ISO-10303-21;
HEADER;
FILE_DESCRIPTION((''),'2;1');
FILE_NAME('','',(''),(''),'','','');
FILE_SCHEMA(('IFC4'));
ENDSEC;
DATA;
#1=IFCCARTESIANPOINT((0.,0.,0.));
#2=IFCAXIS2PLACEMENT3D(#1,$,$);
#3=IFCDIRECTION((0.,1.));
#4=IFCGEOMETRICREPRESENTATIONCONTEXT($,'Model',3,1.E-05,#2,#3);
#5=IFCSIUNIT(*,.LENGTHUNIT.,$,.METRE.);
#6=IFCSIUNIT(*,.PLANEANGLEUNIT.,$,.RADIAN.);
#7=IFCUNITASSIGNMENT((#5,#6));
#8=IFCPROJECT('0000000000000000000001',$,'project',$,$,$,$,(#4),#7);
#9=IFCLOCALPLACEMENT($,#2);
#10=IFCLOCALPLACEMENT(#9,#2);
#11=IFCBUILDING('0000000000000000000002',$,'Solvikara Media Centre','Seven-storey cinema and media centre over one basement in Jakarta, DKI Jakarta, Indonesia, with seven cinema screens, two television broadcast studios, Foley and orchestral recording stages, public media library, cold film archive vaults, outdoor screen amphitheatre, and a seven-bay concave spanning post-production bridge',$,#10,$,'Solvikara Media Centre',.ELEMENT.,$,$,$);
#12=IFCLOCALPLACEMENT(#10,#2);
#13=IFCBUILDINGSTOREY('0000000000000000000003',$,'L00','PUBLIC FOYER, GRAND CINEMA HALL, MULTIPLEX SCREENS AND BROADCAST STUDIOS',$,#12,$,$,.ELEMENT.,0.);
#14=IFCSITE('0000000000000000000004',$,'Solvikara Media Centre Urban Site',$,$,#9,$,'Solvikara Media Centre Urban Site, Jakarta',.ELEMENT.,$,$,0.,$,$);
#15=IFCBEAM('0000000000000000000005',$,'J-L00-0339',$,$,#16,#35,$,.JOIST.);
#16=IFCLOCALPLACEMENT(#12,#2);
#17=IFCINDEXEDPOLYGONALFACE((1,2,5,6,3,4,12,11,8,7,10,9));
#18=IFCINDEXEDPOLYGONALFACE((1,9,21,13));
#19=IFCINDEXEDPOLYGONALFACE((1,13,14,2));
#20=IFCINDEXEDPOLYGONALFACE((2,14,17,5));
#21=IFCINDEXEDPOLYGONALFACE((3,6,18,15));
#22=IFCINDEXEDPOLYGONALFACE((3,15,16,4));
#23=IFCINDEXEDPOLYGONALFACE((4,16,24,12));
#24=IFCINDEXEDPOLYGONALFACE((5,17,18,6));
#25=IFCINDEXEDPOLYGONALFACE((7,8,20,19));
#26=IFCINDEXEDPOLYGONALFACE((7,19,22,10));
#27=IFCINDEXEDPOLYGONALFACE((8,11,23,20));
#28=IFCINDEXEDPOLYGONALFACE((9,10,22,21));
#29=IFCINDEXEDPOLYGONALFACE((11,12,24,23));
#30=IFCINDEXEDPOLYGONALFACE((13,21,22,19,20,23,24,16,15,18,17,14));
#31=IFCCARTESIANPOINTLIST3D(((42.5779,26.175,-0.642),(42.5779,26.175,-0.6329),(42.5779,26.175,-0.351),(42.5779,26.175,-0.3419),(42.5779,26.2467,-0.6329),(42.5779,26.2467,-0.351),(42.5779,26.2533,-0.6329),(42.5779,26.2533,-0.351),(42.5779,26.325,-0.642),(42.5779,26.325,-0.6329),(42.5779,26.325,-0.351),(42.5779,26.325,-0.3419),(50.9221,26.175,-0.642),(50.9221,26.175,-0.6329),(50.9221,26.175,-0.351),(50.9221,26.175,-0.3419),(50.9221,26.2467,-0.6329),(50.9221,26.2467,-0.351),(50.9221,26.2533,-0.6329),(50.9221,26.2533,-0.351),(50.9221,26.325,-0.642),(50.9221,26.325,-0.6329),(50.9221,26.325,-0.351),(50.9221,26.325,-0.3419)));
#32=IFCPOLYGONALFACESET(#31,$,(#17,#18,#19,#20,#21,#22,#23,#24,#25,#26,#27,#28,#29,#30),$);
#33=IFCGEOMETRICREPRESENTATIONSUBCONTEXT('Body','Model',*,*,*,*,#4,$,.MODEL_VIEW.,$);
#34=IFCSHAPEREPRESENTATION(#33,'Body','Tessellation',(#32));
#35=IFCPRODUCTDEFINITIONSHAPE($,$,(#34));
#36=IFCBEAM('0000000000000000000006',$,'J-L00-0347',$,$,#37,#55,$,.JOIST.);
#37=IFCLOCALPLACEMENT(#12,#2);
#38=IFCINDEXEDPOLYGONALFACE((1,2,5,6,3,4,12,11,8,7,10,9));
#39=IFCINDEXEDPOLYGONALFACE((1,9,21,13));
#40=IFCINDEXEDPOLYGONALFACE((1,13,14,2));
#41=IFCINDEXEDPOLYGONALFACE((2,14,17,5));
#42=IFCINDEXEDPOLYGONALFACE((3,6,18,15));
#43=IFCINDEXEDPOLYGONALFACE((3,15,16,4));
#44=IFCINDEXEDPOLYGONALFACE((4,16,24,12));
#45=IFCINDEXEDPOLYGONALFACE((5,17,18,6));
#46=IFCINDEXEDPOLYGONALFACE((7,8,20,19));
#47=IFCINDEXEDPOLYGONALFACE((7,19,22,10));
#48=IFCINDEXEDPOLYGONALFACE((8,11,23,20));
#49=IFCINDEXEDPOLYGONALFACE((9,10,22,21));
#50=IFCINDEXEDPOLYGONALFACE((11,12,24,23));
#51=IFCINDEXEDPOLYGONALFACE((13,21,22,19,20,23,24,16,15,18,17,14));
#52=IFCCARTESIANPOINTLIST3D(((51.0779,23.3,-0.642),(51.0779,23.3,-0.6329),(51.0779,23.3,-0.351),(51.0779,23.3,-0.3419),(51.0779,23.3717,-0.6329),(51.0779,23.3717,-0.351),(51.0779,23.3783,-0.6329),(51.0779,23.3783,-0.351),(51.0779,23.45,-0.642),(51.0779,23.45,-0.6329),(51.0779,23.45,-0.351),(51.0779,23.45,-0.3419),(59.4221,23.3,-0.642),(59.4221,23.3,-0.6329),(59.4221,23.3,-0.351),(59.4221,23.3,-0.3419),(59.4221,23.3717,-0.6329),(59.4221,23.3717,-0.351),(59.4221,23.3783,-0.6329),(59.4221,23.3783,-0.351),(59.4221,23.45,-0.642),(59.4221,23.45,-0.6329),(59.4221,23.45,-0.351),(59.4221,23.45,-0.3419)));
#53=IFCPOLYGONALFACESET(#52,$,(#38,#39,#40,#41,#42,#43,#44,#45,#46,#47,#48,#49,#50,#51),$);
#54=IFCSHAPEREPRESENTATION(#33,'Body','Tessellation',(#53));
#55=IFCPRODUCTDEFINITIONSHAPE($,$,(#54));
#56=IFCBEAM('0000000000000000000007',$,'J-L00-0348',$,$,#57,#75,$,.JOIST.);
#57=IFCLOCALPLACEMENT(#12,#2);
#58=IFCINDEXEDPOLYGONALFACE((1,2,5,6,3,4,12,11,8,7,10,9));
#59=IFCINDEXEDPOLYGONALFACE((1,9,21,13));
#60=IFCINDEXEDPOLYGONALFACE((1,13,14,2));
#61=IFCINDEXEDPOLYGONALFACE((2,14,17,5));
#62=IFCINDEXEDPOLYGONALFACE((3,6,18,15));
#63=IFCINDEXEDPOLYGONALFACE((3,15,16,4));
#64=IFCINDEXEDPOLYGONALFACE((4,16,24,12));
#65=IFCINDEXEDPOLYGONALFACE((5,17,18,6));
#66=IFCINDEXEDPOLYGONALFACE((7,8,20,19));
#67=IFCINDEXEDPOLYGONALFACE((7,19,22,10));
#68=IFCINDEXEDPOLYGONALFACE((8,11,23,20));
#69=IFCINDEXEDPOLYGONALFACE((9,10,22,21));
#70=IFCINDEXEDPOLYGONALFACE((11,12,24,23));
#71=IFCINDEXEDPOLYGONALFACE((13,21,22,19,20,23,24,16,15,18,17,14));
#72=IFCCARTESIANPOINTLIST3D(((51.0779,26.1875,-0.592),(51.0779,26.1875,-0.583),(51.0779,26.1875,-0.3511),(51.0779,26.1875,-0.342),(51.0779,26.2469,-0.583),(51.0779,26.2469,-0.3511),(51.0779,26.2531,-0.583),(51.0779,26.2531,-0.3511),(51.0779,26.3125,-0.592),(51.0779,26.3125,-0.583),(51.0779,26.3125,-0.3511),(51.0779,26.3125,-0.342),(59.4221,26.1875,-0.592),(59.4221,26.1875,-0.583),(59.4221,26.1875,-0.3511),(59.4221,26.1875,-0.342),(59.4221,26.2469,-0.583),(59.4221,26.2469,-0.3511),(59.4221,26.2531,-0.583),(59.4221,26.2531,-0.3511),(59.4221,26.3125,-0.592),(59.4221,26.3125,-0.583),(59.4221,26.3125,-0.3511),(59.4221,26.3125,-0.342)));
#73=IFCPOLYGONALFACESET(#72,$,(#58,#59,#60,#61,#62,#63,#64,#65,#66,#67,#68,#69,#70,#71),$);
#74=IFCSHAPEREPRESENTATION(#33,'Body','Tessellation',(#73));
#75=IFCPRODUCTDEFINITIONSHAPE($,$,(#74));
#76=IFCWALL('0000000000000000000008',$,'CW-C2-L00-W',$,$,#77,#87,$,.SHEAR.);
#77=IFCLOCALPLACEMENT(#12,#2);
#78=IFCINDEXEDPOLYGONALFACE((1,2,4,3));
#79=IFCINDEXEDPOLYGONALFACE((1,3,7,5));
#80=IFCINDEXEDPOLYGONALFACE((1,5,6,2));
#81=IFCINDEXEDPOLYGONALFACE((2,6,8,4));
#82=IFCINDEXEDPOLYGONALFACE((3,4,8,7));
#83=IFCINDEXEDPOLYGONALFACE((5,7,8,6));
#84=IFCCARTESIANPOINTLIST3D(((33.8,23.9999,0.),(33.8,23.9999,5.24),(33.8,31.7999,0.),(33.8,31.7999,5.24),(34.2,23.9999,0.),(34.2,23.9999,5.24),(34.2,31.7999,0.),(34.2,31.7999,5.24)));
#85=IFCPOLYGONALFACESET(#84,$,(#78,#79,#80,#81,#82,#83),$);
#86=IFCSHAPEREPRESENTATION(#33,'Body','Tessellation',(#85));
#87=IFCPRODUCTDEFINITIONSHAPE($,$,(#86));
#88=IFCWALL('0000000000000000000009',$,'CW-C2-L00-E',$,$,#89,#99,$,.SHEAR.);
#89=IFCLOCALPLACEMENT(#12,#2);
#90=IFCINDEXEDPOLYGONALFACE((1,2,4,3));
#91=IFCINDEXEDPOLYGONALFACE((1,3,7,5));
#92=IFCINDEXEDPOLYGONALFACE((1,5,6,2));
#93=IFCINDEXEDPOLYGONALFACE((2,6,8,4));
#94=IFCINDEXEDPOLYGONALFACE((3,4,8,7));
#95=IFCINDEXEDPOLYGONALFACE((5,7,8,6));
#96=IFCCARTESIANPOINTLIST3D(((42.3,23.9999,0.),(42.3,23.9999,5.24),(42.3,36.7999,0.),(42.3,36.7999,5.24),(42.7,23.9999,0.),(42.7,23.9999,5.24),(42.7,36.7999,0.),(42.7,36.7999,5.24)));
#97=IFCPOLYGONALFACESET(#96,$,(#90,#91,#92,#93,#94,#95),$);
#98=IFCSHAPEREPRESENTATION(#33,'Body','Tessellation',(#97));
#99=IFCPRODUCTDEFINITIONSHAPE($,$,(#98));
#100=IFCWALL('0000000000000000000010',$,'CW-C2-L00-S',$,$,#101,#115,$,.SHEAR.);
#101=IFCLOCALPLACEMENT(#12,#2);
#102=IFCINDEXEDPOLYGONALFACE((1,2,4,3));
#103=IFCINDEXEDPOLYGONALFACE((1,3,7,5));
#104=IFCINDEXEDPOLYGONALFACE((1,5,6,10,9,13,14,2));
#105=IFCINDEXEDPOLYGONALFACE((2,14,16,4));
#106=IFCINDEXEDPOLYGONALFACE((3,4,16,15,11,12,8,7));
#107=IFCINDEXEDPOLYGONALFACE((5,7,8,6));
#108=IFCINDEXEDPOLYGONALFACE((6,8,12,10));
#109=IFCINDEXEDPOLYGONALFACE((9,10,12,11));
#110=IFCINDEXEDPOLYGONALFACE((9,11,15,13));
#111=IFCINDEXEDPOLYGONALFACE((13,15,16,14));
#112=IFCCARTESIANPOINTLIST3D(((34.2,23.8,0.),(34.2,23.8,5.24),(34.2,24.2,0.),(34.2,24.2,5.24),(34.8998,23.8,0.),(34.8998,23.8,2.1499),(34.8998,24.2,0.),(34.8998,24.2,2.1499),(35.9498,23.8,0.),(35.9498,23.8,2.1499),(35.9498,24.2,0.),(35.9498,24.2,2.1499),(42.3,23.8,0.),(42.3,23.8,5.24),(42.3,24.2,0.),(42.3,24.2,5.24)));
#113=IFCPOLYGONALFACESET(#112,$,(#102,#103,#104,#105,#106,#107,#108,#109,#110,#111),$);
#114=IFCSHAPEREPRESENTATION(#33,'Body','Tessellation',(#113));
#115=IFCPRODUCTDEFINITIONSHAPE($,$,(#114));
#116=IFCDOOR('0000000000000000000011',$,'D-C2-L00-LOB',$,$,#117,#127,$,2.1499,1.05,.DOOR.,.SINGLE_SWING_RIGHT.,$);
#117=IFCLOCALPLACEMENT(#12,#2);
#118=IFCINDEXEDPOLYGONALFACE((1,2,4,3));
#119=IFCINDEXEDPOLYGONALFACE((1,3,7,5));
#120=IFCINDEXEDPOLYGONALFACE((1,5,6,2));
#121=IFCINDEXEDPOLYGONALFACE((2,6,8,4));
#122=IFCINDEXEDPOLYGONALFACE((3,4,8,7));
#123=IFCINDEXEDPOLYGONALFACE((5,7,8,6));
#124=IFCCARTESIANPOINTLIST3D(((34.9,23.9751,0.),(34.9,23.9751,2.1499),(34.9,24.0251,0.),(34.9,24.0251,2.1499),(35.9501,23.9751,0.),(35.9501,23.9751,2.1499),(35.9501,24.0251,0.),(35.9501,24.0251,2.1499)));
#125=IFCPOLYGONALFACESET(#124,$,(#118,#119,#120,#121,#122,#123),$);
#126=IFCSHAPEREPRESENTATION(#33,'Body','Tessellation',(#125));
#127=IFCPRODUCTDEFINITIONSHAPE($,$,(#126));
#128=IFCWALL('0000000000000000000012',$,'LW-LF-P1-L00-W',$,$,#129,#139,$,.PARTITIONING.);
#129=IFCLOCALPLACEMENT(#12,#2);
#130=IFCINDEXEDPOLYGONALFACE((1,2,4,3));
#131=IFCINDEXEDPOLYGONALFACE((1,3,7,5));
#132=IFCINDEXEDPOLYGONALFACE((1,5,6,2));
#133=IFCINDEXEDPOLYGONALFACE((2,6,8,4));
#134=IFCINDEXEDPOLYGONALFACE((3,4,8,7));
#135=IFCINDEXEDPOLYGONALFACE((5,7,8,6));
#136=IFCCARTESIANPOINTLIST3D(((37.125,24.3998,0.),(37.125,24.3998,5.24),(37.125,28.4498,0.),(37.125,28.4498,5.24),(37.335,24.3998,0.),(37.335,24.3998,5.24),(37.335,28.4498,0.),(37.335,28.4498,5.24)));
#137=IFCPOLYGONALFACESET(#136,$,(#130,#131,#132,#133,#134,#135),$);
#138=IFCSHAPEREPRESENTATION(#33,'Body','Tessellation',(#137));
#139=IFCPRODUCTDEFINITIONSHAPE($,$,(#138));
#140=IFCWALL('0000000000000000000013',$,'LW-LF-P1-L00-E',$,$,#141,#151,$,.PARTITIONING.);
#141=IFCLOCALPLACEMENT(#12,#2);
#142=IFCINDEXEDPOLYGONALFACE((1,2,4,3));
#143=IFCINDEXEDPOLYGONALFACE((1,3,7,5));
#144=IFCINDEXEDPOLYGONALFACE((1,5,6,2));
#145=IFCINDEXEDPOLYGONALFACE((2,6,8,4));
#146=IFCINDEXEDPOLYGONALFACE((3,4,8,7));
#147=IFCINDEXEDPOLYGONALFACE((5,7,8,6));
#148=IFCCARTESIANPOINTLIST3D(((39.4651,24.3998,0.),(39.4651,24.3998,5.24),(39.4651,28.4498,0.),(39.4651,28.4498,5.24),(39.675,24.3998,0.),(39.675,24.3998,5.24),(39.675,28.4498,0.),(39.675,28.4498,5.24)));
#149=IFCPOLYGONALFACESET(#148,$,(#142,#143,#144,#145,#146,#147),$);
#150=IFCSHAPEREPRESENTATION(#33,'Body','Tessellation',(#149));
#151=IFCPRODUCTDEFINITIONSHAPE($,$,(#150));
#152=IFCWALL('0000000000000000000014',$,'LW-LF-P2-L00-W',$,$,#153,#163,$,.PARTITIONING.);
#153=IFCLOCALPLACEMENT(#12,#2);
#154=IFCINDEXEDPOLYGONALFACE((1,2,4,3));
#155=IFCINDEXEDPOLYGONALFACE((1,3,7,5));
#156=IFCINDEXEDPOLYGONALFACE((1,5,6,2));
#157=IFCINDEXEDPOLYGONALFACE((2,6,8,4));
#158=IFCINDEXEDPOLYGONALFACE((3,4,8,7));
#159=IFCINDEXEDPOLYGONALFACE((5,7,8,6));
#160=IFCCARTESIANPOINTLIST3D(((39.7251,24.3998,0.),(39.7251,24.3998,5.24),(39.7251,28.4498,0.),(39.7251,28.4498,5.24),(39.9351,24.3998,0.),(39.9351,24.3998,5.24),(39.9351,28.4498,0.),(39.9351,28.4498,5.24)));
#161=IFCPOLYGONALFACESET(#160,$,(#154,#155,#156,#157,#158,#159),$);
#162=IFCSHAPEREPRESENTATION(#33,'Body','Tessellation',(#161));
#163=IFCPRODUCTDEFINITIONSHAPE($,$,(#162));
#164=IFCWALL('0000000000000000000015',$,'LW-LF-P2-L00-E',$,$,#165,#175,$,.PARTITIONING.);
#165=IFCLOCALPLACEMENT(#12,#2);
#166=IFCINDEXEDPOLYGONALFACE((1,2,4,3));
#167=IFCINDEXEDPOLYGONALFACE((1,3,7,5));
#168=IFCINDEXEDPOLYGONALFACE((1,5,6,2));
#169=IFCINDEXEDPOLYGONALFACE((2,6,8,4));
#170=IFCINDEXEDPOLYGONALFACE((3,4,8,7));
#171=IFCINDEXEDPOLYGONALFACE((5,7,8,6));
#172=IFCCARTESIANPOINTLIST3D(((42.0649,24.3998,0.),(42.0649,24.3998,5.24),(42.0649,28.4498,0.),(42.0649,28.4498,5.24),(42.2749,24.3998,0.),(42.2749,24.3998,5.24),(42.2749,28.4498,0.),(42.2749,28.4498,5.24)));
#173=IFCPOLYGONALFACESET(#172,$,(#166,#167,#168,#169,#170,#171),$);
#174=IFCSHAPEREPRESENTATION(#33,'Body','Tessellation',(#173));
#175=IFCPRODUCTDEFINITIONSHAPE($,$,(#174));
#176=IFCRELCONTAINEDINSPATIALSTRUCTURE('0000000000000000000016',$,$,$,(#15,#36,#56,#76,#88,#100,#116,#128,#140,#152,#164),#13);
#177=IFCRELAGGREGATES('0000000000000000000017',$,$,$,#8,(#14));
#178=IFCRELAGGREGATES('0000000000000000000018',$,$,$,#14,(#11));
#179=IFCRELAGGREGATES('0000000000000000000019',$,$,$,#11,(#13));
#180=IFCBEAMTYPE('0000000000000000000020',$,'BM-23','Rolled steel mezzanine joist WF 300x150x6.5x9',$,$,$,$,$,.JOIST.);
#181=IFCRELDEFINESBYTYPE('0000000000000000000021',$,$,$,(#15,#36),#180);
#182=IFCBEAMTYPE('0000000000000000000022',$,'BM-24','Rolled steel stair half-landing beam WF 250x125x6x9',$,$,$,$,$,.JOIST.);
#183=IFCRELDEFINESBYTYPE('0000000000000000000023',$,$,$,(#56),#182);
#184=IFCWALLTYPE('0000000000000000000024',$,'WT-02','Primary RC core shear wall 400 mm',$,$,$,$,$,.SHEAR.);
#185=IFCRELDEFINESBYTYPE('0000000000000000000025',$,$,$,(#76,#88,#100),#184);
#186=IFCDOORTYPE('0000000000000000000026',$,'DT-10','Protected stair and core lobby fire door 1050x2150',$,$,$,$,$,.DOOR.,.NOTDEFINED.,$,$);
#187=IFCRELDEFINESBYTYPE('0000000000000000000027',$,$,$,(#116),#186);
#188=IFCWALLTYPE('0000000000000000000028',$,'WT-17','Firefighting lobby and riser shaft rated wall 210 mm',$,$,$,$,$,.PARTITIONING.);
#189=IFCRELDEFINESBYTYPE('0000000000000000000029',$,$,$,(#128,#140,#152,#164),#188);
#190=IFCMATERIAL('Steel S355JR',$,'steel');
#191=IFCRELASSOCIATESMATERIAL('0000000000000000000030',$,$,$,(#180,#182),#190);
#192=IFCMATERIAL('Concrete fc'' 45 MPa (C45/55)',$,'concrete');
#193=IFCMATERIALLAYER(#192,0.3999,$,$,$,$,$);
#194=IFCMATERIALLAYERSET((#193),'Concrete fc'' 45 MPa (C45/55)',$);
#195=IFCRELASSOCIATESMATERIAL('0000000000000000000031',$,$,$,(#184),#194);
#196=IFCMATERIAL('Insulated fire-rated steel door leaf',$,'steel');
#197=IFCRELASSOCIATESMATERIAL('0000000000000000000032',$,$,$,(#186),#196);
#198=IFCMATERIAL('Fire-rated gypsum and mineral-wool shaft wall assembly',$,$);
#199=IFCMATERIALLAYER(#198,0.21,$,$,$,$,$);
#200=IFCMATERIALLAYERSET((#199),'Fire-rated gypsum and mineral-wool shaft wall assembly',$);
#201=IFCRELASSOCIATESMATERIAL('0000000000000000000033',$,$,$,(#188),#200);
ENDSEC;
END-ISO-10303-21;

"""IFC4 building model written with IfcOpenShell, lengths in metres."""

from ifc_helpers import new_model, si_unit, direction, frame, frame_2d, origin, origin_2d, place, context, subcontext, project, spatial, rectangle, i_section, extrude, material, layer, layer_set, material_profile, profile_set, type_object, element, fill, save


model = new_model("IFC4")

# Units and contexts
model_context = context("Model", 3, precision=1e-05, world=origin(), true_north=direction((0.0, 1.0)))
body_context = subcontext(model_context, "Body", "Model", "MODEL_VIEW")
ifc_project = project(units=[si_unit("LENGTHUNIT", "METRE"), si_unit("PLANEANGLEUNIT", "RADIAN")], contexts=[model_context])

# Site, building, storey
site_placement = place(None, origin())
site = spatial("IfcSite", under=ifc_project, at=site_placement, Name="Solvikara Media Centre Urban Site", LongName="Solvikara Media Centre Urban Site, Jakarta", CompositionType="ELEMENT", RefElevation=0.0)
building_placement = place(site_placement, origin())
building = spatial("IfcBuilding", under=site, at=building_placement, Name="Solvikara Media Centre", Description="Seven-storey cinema and media centre over one basement in Jakarta, DKI Jakarta, Indonesia, with seven cinema screens, two television broadcast studios, Foley and orchestral recording stages, public media library, cold film archive vaults, outdoor screen amphitheatre, and a seven-bay concave spanning post-production bridge", LongName="Solvikara Media Centre", CompositionType="ELEMENT")
storey_placement = place(building_placement, origin())
storey = spatial("IfcBuildingStorey", under=building, at=storey_placement, Name="L00", Description="PUBLIC FOYER, GRAND CINEMA HALL, MULTIPLEX SCREENS AND BROADCAST STUDIOS", CompositionType="ELEMENT", Elevation=0.0)

# Shared definitions
ifc_material_1 = material(Name="Concrete fc' 45 MPa (C45/55)", Category="concrete")

# Beams
ifc_material_2 = material(Name="Steel S355JR", Category="steel")
ifc_material_profile_1 = material_profile(ifc_material_2, i_section(OverallWidth=0.1499, OverallDepth=0.3, WebThickness=0.0066, FlangeThickness=0.009, at=origin_2d()), Name="WF 300x150x6.5x9")
ifc_profile_set_1 = profile_set([ifc_material_profile_1], Name="Steel S355JR")
beam_type_1 = type_object("IfcBeamType", Name="BM-23", Description="Rolled steel mezzanine joist WF 300x150x6.5x9", PredefinedType="JOIST", material=ifc_profile_set_1)
for number, where, z_axis, x_axis, name in (
    (1, (42.5779, 26.25, -0.4919), (1.0, 0.0, 0.0), (0.0, 1.0, 0.0), "J-L00-0339"),
    (2, (51.0779, 23.375, -0.4919), (1.0, 0.0, 0.0), (0.0, 1.0, 0.0), "J-L00-0347"),
):
    element("IfcBeam", number, at=place(storey_placement, frame(where, z_axis=z_axis, x_axis=x_axis)), inside=storey, type_object=beam_type_1, Name=name, PredefinedType="JOIST", context=body_context, shape_type="SweptSolid", body=[
        extrude(i_section(OverallWidth=0.1499, OverallDepth=0.3, WebThickness=0.0066, FlangeThickness=0.009, at=origin_2d()), origin(), (0.0, 0.0, 1.0), 8.3442),
    ])
ifc_material_profile_2 = material_profile(ifc_material_2, i_section(OverallWidth=0.125, OverallDepth=0.25, WebThickness=0.0061, FlangeThickness=0.009, at=origin_2d()), Name="WF 250x125x6x9")
ifc_profile_set_2 = profile_set([ifc_material_profile_2], Name="Steel S355JR")
beam_type_2 = type_object("IfcBeamType", Name="BM-24", Description="Rolled steel stair half-landing beam WF 250x125x6x9", PredefinedType="JOIST", material=ifc_profile_set_2)
beam_1_placement = place(storey_placement, frame((51.0779, 26.25, -0.467), z_axis=(1.0, 0.0, 0.0), x_axis=(0.0, 1.0, 0.0)))
element("IfcBeam", 3, at=beam_1_placement, inside=storey, type_object=beam_type_2, Name="J-L00-0348", PredefinedType="JOIST", context=body_context, shape_type="SweptSolid", body=[
    extrude(i_section(OverallWidth=0.125, OverallDepth=0.25, WebThickness=0.0061, FlangeThickness=0.009, at=origin_2d()), origin(), (0.0, 0.0, 1.0), 8.3442),
])

# Walls
ifc_layer_1 = layer(ifc_material_1, 0.3999)
ifc_layer_set_1 = layer_set([ifc_layer_1], Name="Concrete fc' 45 MPa (C45/55)")
wall_type_1 = type_object("IfcWallType", Name="WT-02", Description="Primary RC core shear wall 400 mm", PredefinedType="SHEAR", material=ifc_layer_set_1)
wall_1_placement = place(storey_placement, frame((34.0, 24.0, 0.0), z_axis=(0.0, 0.0, 1.0), x_axis=(0.0, 1.0, 0.0)))
element("IfcWall", 4, at=wall_1_placement, inside=storey, type_object=wall_type_1, Name="CW-C2-L00-W", PredefinedType="SHEAR", context=body_context, shape_type="SweptSolid", body=[
    extrude(rectangle(XDim=7.8, YDim=0.3999, at=frame_2d((3.8999, 0.0))), origin(), (0.0, 0.0, 1.0), 5.24),
])
wall_2_placement = place(storey_placement, frame((42.5, 24.0, 0.0), z_axis=(0.0, 0.0, 1.0), x_axis=(0.0, 1.0, 0.0)))
element("IfcWall", 5, at=wall_2_placement, inside=storey, type_object=wall_type_1, Name="CW-C2-L00-E", PredefinedType="SHEAR", context=body_context, shape_type="SweptSolid", body=[
    extrude(rectangle(XDim=12.8, YDim=0.3999, at=frame_2d((6.3999, 0.0))), origin(), (0.0, 0.0, 1.0), 5.24),
])

# Wall, opening, door
wall_3_placement = place(storey_placement, frame((34.2, 24.0, 0.0), z_axis=(0.0, 0.0, 1.0), x_axis=(1.0, 0.0, 0.0)))
wall_3 = element("IfcWall", 6, at=wall_3_placement, inside=storey, type_object=wall_type_1, Name="CW-C2-L00-S", PredefinedType="SHEAR", context=body_context, shape_type="SweptSolid", body=[
    extrude(rectangle(XDim=8.1001, YDim=0.3999, at=frame_2d((4.05, 0.0))), origin(), (0.0, 0.0, 1.0), 5.24),
])
opening_1_placement = place(wall_3_placement, frame((0.7, 0.0, 0.0)))
opening_1 = element("IfcOpeningElement", 7, at=opening_1_placement, cuts=wall_3, PredefinedType="OPENING", context=body_context, shape_type="SweptSolid", body=[
    extrude(rectangle(XDim=1.05, YDim=2.1499, at=frame_2d((0.5249, 1.075))), frame((0.0, 0.2119, 0.0), z_axis=(0.0, -1.0, 0.0), x_axis=(1.0, 0.0, 0.0)), (0.0, 0.0, 1.0), 0.4238),
])
ifc_material_3 = material(Name="Insulated fire-rated steel door leaf", Category="steel")
door_type_1 = type_object("IfcDoorType", Name="DT-10", Description="Protected stair and core lobby fire door 1050x2150", OperationType="NOTDEFINED", PredefinedType="DOOR", material=ifc_material_3)
door_1_placement = place(opening_1_placement, frame((1.05, 0.0, 0.0), z_axis=(0.0, 0.0, 1.0), x_axis=(-1.0, 0.0, 0.0)))
door_1 = element("IfcDoor", 8, at=door_1_placement, inside=storey, type_object=door_type_1, Name="D-C2-L00-LOB", OperationType="SINGLE_SWING_RIGHT", OverallHeight=2.1499, OverallWidth=1.05, PredefinedType="DOOR", context=body_context, shape_type="SweptSolid", body=[
    extrude(rectangle(XDim=1.05, YDim=2.1499, at=frame_2d((0.5249, 1.075))), frame((0.0, 0.0249, 0.0), z_axis=(0.0, -1.0, 0.0), x_axis=(1.0, 0.0, 0.0)), (0.0, 0.0, 1.0), 0.05),
])
fill(opening_1, door_1)

# Walls
ifc_material_4 = material(Name="Fire-rated gypsum and mineral-wool shaft wall assembly")
ifc_layer_2 = layer(ifc_material_4, 0.21)
ifc_layer_set_2 = layer_set([ifc_layer_2], Name="Fire-rated gypsum and mineral-wool shaft wall assembly")
wall_type_2 = type_object("IfcWallType", Name="WT-17", Description="Firefighting lobby and riser shaft rated wall 210 mm", PredefinedType="PARTITIONING", material=ifc_layer_set_2)
for number, where, z_axis, x_axis, name in (
    (9, (37.23, 24.3999, 0.0), (0.0, 0.0, 1.0), (0.0, 1.0, 0.0), "LW-LF-P1-L00-W"),
    (10, (39.5701, 24.3999, 0.0), (0.0, 0.0, 1.0), (0.0, 1.0, 0.0), "LW-LF-P1-L00-E"),
    (11, (39.8301, 24.3999, 0.0), (0.0, 0.0, 1.0), (0.0, 1.0, 0.0), "LW-LF-P2-L00-W"),
    (12, (42.1699, 24.3999, 0.0), (0.0, 0.0, 1.0), (0.0, 1.0, 0.0), "LW-LF-P2-L00-E"),
):
    element("IfcWall", number, at=place(storey_placement, frame(where, z_axis=z_axis, x_axis=x_axis)), inside=storey, type_object=wall_type_2, Name=name, PredefinedType="PARTITIONING", context=body_context, shape_type="SweptSolid", body=[
        extrude(rectangle(XDim=4.05, YDim=0.21, at=frame_2d((2.0249, 0.0))), origin(), (0.0, 0.0, 1.0), 5.24),
    ])

save(model, "model.ifc")
